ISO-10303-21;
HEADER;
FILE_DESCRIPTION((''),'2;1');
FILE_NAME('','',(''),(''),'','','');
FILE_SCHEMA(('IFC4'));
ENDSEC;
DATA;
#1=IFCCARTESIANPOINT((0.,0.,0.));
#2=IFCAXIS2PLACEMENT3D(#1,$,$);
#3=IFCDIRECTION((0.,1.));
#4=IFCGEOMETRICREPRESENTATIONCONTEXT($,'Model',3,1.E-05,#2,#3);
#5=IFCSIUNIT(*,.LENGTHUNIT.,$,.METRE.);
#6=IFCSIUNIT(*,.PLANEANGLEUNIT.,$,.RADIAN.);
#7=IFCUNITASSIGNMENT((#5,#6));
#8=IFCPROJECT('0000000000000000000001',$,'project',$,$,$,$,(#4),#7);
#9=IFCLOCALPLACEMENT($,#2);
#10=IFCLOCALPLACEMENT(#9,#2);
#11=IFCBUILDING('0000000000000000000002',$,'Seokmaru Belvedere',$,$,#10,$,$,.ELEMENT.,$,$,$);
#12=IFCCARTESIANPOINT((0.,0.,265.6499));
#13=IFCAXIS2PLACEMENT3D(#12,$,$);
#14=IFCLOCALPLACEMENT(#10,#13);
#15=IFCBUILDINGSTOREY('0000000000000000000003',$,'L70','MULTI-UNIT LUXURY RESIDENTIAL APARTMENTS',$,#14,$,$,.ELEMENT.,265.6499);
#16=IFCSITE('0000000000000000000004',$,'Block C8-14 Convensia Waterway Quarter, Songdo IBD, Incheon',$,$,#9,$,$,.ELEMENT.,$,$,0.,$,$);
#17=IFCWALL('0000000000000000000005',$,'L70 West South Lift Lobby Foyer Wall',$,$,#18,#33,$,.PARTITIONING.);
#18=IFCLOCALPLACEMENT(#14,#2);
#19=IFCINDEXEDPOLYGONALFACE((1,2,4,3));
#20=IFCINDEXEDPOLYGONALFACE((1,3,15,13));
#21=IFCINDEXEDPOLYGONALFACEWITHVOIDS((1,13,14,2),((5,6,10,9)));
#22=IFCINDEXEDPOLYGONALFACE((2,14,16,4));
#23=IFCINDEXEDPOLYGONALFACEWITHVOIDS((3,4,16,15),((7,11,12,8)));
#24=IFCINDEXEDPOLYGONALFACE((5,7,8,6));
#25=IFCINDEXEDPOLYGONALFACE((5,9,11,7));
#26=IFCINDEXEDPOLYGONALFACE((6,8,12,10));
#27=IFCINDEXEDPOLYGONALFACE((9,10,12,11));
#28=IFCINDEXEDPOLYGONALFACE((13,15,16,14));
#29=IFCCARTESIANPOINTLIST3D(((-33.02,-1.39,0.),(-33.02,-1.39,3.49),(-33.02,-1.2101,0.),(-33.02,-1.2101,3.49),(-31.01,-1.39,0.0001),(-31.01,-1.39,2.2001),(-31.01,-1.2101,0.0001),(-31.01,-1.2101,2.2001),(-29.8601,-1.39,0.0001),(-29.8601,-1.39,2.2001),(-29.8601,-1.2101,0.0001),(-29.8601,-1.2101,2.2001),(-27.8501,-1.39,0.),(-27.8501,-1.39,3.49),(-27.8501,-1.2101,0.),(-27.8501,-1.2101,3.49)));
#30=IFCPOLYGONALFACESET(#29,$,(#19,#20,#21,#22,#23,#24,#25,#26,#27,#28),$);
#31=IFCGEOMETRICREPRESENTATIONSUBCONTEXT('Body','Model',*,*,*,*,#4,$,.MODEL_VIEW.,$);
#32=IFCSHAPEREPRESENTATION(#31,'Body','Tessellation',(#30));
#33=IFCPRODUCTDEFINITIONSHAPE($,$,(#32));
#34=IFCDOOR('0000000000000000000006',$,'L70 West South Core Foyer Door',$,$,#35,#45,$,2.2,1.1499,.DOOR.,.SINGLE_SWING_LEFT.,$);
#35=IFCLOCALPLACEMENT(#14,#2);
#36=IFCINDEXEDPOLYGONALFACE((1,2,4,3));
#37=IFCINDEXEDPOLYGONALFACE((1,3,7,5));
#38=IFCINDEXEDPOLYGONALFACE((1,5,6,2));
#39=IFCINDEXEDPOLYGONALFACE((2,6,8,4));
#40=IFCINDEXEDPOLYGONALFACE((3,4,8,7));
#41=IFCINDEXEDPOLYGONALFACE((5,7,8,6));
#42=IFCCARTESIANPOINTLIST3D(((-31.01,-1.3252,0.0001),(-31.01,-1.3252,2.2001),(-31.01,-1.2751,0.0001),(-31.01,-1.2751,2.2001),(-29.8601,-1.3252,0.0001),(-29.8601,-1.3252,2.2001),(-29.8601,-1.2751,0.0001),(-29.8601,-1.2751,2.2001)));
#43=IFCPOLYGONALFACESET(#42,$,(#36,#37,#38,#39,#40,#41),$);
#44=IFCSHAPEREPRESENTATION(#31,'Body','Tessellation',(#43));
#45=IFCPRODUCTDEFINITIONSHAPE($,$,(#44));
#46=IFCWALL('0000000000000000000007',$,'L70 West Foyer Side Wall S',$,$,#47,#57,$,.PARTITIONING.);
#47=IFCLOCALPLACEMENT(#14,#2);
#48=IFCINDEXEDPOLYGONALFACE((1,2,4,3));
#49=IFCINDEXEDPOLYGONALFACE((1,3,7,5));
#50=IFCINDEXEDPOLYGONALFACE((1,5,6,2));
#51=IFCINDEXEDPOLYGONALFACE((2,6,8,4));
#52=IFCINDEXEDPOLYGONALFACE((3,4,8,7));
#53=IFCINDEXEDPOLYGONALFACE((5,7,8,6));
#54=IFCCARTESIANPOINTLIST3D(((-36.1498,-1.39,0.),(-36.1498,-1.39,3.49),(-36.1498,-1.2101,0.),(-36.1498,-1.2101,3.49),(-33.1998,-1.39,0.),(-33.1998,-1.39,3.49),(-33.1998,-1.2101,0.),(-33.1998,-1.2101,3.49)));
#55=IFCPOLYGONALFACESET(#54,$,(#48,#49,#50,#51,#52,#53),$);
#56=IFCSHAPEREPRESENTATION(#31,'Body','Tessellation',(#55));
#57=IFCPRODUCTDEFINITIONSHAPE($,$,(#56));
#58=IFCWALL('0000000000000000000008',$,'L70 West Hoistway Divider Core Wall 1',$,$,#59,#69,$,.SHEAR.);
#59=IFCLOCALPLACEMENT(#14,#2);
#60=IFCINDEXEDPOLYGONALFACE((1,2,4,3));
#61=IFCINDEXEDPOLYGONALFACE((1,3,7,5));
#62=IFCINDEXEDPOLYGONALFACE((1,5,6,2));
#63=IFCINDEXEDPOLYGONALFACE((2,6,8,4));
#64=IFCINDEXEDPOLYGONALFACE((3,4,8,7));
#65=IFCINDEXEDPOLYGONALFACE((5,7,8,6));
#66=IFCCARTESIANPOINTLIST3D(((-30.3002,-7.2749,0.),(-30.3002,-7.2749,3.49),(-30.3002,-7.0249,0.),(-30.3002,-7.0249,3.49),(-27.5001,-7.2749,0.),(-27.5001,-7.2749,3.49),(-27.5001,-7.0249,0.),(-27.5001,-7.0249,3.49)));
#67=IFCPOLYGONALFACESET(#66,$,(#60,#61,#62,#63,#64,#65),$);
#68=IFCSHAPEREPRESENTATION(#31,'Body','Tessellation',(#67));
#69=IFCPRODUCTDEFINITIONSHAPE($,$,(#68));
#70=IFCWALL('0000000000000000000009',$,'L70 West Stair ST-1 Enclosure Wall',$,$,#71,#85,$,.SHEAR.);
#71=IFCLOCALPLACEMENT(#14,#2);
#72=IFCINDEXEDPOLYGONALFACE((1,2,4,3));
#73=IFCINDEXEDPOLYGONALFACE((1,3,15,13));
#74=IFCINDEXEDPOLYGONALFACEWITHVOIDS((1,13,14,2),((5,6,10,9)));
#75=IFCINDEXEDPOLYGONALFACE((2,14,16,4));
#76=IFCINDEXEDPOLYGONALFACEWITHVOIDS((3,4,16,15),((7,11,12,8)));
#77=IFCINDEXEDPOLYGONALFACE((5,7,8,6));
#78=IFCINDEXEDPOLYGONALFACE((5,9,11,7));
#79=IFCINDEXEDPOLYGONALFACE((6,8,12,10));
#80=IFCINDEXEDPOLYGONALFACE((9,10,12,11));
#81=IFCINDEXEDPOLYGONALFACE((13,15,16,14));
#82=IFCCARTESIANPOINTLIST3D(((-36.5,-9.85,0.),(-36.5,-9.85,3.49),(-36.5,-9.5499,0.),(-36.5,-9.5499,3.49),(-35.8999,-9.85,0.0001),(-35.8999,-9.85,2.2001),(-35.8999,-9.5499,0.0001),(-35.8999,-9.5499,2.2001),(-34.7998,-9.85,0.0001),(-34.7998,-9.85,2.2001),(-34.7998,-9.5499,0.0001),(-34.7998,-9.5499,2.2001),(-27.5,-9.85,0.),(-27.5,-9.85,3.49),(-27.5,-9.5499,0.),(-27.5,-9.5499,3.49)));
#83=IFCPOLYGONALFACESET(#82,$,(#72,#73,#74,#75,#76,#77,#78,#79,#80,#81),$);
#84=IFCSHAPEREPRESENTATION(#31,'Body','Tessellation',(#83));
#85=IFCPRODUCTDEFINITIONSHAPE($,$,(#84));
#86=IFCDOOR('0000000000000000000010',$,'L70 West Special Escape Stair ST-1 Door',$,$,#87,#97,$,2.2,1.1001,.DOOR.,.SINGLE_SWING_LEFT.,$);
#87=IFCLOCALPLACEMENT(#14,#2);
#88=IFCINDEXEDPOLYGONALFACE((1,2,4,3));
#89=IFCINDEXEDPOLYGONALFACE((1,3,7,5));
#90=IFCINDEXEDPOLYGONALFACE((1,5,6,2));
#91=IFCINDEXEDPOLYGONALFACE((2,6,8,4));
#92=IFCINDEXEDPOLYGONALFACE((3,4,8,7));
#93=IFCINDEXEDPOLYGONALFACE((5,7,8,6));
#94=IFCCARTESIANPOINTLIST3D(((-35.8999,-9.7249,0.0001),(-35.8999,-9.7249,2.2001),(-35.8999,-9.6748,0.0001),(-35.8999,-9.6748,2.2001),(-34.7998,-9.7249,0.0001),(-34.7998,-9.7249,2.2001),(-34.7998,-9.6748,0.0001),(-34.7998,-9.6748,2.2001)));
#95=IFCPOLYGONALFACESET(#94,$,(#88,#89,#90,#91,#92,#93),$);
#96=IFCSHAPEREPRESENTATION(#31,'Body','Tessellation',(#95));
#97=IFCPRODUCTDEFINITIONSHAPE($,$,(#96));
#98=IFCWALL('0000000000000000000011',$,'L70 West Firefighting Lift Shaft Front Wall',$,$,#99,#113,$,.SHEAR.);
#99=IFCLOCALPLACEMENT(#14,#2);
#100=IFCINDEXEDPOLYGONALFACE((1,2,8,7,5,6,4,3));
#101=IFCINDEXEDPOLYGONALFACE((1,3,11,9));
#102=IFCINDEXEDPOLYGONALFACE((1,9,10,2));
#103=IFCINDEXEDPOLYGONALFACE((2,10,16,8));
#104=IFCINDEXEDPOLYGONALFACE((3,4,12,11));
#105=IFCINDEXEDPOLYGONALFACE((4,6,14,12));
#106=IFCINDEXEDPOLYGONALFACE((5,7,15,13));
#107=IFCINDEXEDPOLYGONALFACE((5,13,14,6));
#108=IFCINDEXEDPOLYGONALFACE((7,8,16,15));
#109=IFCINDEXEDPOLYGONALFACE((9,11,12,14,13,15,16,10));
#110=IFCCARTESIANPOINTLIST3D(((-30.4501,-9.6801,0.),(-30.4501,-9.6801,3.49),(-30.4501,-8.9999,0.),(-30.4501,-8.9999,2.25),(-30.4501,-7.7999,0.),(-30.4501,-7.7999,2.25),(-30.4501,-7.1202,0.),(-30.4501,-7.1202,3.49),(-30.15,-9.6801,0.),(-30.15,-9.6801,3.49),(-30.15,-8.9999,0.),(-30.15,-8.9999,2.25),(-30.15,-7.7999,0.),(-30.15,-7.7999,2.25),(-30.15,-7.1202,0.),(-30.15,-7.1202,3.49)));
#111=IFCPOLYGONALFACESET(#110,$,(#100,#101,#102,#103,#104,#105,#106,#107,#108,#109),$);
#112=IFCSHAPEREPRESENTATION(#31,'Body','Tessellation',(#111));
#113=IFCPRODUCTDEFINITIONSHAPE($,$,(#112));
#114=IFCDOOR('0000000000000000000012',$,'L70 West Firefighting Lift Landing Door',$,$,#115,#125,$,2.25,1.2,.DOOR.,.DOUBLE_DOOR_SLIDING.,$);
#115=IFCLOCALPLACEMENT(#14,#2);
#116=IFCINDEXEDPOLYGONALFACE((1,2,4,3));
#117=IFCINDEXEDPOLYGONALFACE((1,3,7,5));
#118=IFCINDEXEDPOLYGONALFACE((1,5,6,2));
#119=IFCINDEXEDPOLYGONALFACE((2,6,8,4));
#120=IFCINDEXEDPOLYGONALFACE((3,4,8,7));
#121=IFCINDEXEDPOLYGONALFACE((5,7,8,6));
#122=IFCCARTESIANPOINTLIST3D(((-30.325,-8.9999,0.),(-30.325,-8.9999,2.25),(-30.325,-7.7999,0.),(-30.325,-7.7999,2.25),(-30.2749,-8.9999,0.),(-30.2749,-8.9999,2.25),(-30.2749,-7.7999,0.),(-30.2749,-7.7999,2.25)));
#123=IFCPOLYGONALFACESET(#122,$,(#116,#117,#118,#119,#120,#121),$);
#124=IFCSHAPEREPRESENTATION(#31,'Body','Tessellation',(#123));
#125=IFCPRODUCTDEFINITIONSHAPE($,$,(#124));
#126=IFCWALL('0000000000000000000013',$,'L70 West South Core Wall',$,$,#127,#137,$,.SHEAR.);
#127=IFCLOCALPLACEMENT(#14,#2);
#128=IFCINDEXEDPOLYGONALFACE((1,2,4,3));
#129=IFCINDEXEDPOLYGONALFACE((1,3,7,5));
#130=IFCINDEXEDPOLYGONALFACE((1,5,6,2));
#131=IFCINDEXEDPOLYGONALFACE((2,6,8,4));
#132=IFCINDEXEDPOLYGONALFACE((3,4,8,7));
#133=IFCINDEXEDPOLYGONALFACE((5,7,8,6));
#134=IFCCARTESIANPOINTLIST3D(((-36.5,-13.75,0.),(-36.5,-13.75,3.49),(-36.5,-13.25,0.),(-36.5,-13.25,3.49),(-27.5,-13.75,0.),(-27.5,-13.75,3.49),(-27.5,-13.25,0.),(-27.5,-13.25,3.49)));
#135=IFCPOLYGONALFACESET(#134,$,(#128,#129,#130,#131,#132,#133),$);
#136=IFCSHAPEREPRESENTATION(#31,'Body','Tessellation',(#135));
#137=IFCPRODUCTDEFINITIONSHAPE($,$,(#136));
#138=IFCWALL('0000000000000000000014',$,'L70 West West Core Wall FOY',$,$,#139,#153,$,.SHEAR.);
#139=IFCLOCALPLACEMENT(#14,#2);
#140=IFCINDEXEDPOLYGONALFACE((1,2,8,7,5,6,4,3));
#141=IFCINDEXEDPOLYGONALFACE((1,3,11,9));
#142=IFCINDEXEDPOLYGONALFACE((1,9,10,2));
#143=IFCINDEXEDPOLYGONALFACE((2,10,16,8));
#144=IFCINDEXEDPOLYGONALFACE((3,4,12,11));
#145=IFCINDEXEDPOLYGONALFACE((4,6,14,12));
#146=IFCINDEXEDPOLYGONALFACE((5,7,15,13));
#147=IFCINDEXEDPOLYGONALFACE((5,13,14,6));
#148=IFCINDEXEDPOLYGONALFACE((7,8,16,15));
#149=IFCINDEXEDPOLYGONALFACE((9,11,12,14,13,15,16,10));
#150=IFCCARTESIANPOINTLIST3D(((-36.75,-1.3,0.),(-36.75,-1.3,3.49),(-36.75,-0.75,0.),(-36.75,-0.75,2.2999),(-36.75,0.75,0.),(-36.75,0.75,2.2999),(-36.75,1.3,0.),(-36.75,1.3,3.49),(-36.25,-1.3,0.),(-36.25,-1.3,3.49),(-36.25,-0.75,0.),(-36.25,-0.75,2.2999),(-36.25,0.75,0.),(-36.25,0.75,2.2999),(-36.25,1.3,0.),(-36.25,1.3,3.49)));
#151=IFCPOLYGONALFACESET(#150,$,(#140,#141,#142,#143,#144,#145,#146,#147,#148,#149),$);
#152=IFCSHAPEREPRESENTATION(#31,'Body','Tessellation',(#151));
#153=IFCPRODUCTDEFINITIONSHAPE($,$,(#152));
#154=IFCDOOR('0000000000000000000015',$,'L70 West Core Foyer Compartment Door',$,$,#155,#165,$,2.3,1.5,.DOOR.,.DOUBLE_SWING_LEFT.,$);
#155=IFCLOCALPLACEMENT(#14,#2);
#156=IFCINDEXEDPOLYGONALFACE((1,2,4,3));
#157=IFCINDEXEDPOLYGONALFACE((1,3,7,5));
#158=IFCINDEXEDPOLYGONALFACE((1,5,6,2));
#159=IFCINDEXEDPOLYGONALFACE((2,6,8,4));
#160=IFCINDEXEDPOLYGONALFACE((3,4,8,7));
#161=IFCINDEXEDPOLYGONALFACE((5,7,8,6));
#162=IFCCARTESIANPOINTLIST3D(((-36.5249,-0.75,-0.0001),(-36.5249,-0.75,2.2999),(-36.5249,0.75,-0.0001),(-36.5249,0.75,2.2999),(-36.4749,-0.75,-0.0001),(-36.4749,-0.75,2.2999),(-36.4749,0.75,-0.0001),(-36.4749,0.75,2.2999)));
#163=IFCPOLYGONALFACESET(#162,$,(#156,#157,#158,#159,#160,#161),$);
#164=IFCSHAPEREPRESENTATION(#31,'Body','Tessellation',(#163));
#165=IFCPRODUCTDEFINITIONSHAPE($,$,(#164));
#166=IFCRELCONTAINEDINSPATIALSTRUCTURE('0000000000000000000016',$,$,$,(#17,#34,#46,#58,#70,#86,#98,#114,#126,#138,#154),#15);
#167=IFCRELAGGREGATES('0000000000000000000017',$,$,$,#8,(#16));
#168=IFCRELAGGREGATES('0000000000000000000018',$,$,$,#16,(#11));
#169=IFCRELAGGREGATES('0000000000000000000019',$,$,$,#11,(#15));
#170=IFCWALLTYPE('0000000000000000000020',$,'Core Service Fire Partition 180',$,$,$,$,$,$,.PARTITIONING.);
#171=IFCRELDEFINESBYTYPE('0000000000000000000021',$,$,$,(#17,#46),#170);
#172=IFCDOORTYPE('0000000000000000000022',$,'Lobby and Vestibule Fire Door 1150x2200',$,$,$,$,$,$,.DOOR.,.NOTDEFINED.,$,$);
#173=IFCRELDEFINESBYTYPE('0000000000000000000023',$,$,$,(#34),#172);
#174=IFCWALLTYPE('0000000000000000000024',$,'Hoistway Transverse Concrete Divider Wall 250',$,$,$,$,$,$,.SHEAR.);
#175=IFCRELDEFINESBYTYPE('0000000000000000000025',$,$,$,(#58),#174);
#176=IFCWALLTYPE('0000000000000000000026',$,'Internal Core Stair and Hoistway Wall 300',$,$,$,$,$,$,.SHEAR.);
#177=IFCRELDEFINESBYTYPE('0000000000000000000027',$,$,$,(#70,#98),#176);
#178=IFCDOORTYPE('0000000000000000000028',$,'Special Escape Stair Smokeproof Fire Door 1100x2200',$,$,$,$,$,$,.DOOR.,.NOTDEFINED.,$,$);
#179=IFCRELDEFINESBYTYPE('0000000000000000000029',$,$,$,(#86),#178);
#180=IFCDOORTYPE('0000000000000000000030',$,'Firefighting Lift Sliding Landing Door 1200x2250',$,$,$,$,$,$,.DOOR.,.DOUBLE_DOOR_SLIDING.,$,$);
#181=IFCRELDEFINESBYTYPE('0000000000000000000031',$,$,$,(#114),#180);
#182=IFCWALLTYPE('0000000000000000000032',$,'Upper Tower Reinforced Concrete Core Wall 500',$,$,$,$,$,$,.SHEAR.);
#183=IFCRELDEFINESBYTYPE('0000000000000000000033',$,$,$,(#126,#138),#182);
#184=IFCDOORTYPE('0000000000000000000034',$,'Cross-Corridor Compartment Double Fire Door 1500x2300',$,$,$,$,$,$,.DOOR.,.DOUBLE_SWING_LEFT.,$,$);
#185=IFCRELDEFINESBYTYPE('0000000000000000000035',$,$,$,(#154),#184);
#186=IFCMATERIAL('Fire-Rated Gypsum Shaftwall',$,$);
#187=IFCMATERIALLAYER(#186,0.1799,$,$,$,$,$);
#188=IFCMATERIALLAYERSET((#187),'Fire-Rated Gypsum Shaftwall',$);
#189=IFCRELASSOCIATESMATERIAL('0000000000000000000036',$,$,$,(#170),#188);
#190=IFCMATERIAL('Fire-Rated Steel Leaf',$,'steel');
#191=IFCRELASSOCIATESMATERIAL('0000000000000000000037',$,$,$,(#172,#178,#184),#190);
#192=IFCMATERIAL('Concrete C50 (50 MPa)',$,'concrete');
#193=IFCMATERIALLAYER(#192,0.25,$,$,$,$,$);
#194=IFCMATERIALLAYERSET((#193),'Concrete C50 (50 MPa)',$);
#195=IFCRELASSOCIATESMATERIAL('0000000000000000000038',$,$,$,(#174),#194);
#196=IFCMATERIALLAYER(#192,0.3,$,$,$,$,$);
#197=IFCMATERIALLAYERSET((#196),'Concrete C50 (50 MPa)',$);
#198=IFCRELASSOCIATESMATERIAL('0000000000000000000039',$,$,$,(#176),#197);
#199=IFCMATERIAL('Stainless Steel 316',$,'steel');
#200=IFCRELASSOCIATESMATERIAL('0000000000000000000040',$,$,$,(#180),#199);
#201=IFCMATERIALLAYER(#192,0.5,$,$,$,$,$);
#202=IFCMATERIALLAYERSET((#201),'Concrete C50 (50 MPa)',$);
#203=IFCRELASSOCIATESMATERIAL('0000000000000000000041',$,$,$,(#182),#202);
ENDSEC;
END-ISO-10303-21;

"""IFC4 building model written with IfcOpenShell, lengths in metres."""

from ifc_helpers import new_model, si_unit, direction, frame, frame_2d, origin, place, context, subcontext, project, spatial, rectangle, extrude, source, transform, mapped, material, layer, layer_set, type_object, type_shapes, element, fill, save


model = new_model("IFC4")

# Units and contexts
model_context = context("Model", 3, precision=1e-05, world=origin(), true_north=direction((0.0, 1.0)))
body_context = subcontext(model_context, "Body", "Model", "MODEL_VIEW")
ifc_project = project(units=[si_unit("LENGTHUNIT", "METRE"), si_unit("PLANEANGLEUNIT", "RADIAN")], contexts=[model_context])

# Site, building, storey
site_placement = place(None, origin())
site = spatial("IfcSite", under=ifc_project, at=site_placement, Name="Block C8-14 Convensia Waterway Quarter, Songdo IBD, Incheon", CompositionType="ELEMENT", RefElevation=0.0)
building_placement = place(site_placement, origin())
building = spatial("IfcBuilding", under=site, at=building_placement, Name="Seokmaru Belvedere", CompositionType="ELEMENT")
storey_placement = place(building_placement, frame((0.0, 0.0, 265.6499)))
storey = spatial("IfcBuildingStorey", under=building, at=storey_placement, Name="L70", Description="MULTI-UNIT LUXURY RESIDENTIAL APARTMENTS", CompositionType="ELEMENT", Elevation=265.6499)

# Shared definitions
ifc_material_1 = material(Name="Fire-Rated Gypsum Shaftwall")
ifc_layer_1 = layer(ifc_material_1, 0.1799)
ifc_layer_set_1 = layer_set([ifc_layer_1], Name="Fire-Rated Gypsum Shaftwall")
wall_type_1 = type_object("IfcWallType", Name="Core Service Fire Partition 180", PredefinedType="PARTITIONING", material=ifc_layer_set_1)

# Wall, opening, door
wall_1_placement = place(storey_placement, frame((-33.02, -1.3, 0.0), z_axis=(0.0, 0.0, 1.0), x_axis=(1.0, 0.0, 0.0)))
wall_1 = element("IfcWall", 1, at=wall_1_placement, inside=storey, type_object=wall_type_1, Name="L70 West South Lift Lobby Foyer Wall", PredefinedType="PARTITIONING", context=body_context, shape_type="SweptSolid", body=[
    extrude(rectangle(XDim=5.1699, YDim=0.1799, at=frame_2d((2.585, 0.0))), origin(), (0.0, 0.0, 1.0), 3.49),
])
opening_1_placement = place(wall_1_placement, frame((2.01, 0.0, 0.0)))
opening_1 = element("IfcOpeningElement", 2, at=opening_1_placement, cuts=wall_1, PredefinedType="OPENING", context=body_context, shape_type="SweptSolid", body=[
    extrude(rectangle(XDim=1.1499, YDim=2.2, at=frame_2d((0.575, 1.1001))), frame((0.0, 0.1001, 0.0), z_axis=(0.0, -1.0, 0.0), x_axis=(1.0, 0.0, 0.0)), (0.0, 0.0, 1.0), 0.2),
])
ifc_material_2 = material(Name="Fire-Rated Steel Leaf", Category="steel")
door_type_1 = type_object("IfcDoorType", Name="Lobby and Vestibule Fire Door 1150x2200", OperationType="NOTDEFINED", PredefinedType="DOOR", material=ifc_material_2)
shared_shape_1 = source(origin(), body_context, "Body", "SweptSolid", [
    extrude(rectangle(XDim=1.1499, YDim=2.2, at=frame_2d((0.575, 1.1001))), frame((0.0, 0.0249, 0.0), z_axis=(0.0, -1.0, 0.0), x_axis=(1.0, 0.0, 0.0)), (0.0, 0.0, 1.0), 0.05),
])
type_shapes(door_type_1, [shared_shape_1])
door_1_placement = place(opening_1_placement, origin())
door_1 = element("IfcDoor", 3, at=door_1_placement, inside=storey, type_object=door_type_1, Name="L70 West South Core Foyer Door", OperationType="SINGLE_SWING_LEFT", OverallHeight=2.2, OverallWidth=1.1499, PredefinedType="DOOR", context=body_context, shape_type="MappedRepresentation", body=[
    mapped(shared_shape_1, transform((0.0, 0.0, 0.0), scale=1.0)),
])
fill(opening_1, door_1)

# Walls
wall_2_placement = place(storey_placement, frame((-36.1499, -1.3, 0.0), z_axis=(0.0, 0.0, 1.0), x_axis=(1.0, 0.0, 0.0)))
element("IfcWall", 4, at=wall_2_placement, inside=storey, type_object=wall_type_1, Name="L70 West Foyer Side Wall S", PredefinedType="PARTITIONING", context=body_context, shape_type="SweptSolid", body=[
    extrude(rectangle(XDim=2.95, YDim=0.1799, at=frame_2d((1.4751, 0.0))), origin(), (0.0, 0.0, 1.0), 3.49),
])
ifc_material_3 = material(Name="Concrete C50 (50 MPa)", Category="concrete")
ifc_layer_2 = layer(ifc_material_3, 0.25)
ifc_layer_set_2 = layer_set([ifc_layer_2], Name="Concrete C50 (50 MPa)")
wall_type_2 = type_object("IfcWallType", Name="Hoistway Transverse Concrete Divider Wall 250", PredefinedType="SHEAR", material=ifc_layer_set_2)
wall_3_placement = place(storey_placement, frame((-30.3, -7.1499, 0.0), z_axis=(0.0, 0.0, 1.0), x_axis=(1.0, 0.0, 0.0)))
element("IfcWall", 5, at=wall_3_placement, inside=storey, type_object=wall_type_2, Name="L70 West Hoistway Divider Core Wall 1", PredefinedType="SHEAR", context=body_context, shape_type="SweptSolid", body=[
    extrude(rectangle(XDim=2.8, YDim=0.25, at=frame_2d((1.3999, 0.0))), origin(), (0.0, 0.0, 1.0), 3.49),
])

# Walls, openings, doors
ifc_layer_3 = layer(ifc_material_3, 0.3)
ifc_layer_set_3 = layer_set([ifc_layer_3], Name="Concrete C50 (50 MPa)")
wall_type_3 = type_object("IfcWallType", Name="Internal Core Stair and Hoistway Wall 300", PredefinedType="SHEAR", material=ifc_layer_set_3)
wall_4_placement = place(storey_placement, frame((-36.5, -9.7, 0.0), z_axis=(0.0, 0.0, 1.0), x_axis=(1.0, 0.0, 0.0)))
wall_4 = element("IfcWall", 6, at=wall_4_placement, inside=storey, type_object=wall_type_3, Name="L70 West Stair ST-1 Enclosure Wall", PredefinedType="SHEAR", context=body_context, shape_type="SweptSolid", body=[
    extrude(rectangle(XDim=9.0, YDim=0.3, at=frame_2d((4.5, 0.0))), origin(), (0.0, 0.0, 1.0), 3.49),
])
opening_2_placement = place(wall_4_placement, frame((0.6001, 0.0, 0.0)))
opening_2 = element("IfcOpeningElement", 7, at=opening_2_placement, cuts=wall_4, PredefinedType="OPENING", context=body_context, shape_type="SweptSolid", body=[
    extrude(rectangle(XDim=1.1001, YDim=2.2, at=frame_2d((0.55, 1.1001))), frame((0.0, 0.1602, 0.0), z_axis=(0.0, -1.0, 0.0), x_axis=(1.0, 0.0, 0.0)), (0.0, 0.0, 1.0), 0.3201),
])
door_type_2 = type_object("IfcDoorType", Name="Special Escape Stair Smokeproof Fire Door 1100x2200", OperationType="NOTDEFINED", PredefinedType="DOOR", material=ifc_material_2)
shared_shape_2 = source(origin(), body_context, "Body", "SweptSolid", [
    extrude(rectangle(XDim=1.1001, YDim=2.2, at=frame_2d((0.55, 1.1001))), frame((0.0, 0.0249, 0.0), z_axis=(0.0, -1.0, 0.0), x_axis=(1.0, 0.0, 0.0)), (0.0, 0.0, 1.0), 0.05),
])
type_shapes(door_type_2, [shared_shape_2])
door_2_placement = place(opening_2_placement, frame((1.1001, 0.0, 0.0), z_axis=(0.0, 0.0, 1.0), x_axis=(-1.0, 0.0, 0.0)))
door_2 = element("IfcDoor", 8, at=door_2_placement, inside=storey, type_object=door_type_2, Name="L70 West Special Escape Stair ST-1 Door", OperationType="SINGLE_SWING_LEFT", OverallHeight=2.2, OverallWidth=1.1001, PredefinedType="DOOR", context=body_context, shape_type="MappedRepresentation", body=[
    mapped(shared_shape_2, transform((0.0, 0.0, 0.0), scale=1.0)),
])
fill(opening_2, door_2)
wall_5_placement = place(storey_placement, frame((-30.3, -9.6799, 0.0), z_axis=(0.0, 0.0, 1.0), x_axis=(0.0, 1.0, 0.0)))
wall_5 = element("IfcWall", 9, at=wall_5_placement, inside=storey, type_object=wall_type_3, Name="L70 West Firefighting Lift Shaft Front Wall", PredefinedType="SHEAR", context=body_context, shape_type="SweptSolid", body=[
    extrude(rectangle(XDim=2.5598, YDim=0.3, at=frame_2d((1.2798, 0.0))), origin(), (0.0, 0.0, 1.0), 3.49),
])
opening_3_placement = place(wall_5_placement, frame((0.6799, 0.0, 0.0)))
opening_3 = element("IfcOpeningElement", 10, at=opening_3_placement, cuts=wall_5, PredefinedType="OPENING", context=body_context, shape_type="SweptSolid", body=[
    extrude(rectangle(XDim=1.2, YDim=2.25, at=frame_2d((0.6001, 1.125))), frame((0.0, 0.1602, 0.0), z_axis=(0.0, -1.0, 0.0), x_axis=(1.0, 0.0, 0.0)), (0.0, 0.0, 1.0), 0.3201),
])
ifc_material_4 = material(Name="Stainless Steel 316", Category="steel")
door_type_3 = type_object("IfcDoorType", Name="Firefighting Lift Sliding Landing Door 1200x2250", OperationType="DOUBLE_DOOR_SLIDING", PredefinedType="DOOR", material=ifc_material_4)
shared_shape_3 = source(origin(), body_context, "Body", "SweptSolid", [
    extrude(rectangle(XDim=1.2, YDim=2.25, at=frame_2d((0.6001, 1.125))), frame((0.0, 0.0249, 0.0), z_axis=(0.0, -1.0, 0.0), x_axis=(1.0, 0.0, 0.0)), (0.0, 0.0, 1.0), 0.05),
])
type_shapes(door_type_3, [shared_shape_3])
door_3_placement = place(opening_3_placement, origin())
door_3 = element("IfcDoor", 11, at=door_3_placement, inside=storey, type_object=door_type_3, Name="L70 West Firefighting Lift Landing Door", OperationType="DOUBLE_DOOR_SLIDING", OverallHeight=2.25, OverallWidth=1.2, PredefinedType="DOOR", context=body_context, shape_type="MappedRepresentation", body=[
    mapped(shared_shape_3, transform((0.0, 0.0, 0.0), scale=1.0)),
])
fill(opening_3, door_3)

# Wall
ifc_layer_4 = layer(ifc_material_3, 0.5)
ifc_layer_set_4 = layer_set([ifc_layer_4], Name="Concrete C50 (50 MPa)")
wall_type_4 = type_object("IfcWallType", Name="Upper Tower Reinforced Concrete Core Wall 500", PredefinedType="SHEAR", material=ifc_layer_set_4)
wall_6_placement = place(storey_placement, frame((-36.5, -13.5, 0.0), z_axis=(0.0, 0.0, 1.0), x_axis=(1.0, 0.0, 0.0)))
element("IfcWall", 12, at=wall_6_placement, inside=storey, type_object=wall_type_4, Name="L70 West South Core Wall", PredefinedType="SHEAR", context=body_context, shape_type="SweptSolid", body=[
    extrude(rectangle(XDim=9.0, YDim=0.5, at=frame_2d((4.5, 0.0))), origin(), (0.0, 0.0, 1.0), 3.49),
])

# Wall, opening, door
wall_7_placement = place(storey_placement, frame((-36.5, -1.3, 0.0), z_axis=(0.0, 0.0, 1.0), x_axis=(0.0, 1.0, 0.0)))
wall_7 = element("IfcWall", 13, at=wall_7_placement, inside=storey, type_object=wall_type_4, Name="L70 West West Core Wall FOY", PredefinedType="SHEAR", context=body_context, shape_type="SweptSolid", body=[
    extrude(rectangle(XDim=2.6001, YDim=0.5, at=frame_2d((1.3, 0.0))), origin(), (0.0, 0.0, 1.0), 3.49),
])
opening_4_placement = place(wall_7_placement, frame((0.55, 0.0, 0.0)))
opening_4 = element("IfcOpeningElement", 14, at=opening_4_placement, cuts=wall_7, PredefinedType="OPENING", context=body_context, shape_type="SweptSolid", body=[
    extrude(rectangle(XDim=1.5, YDim=2.3, at=frame_2d((0.75, 1.1499))), frame((0.0, 0.26, 0.0), z_axis=(0.0, -1.0, 0.0), x_axis=(1.0, 0.0, 0.0)), (0.0, 0.0, 1.0), 0.52),
])
door_type_4 = type_object("IfcDoorType", Name="Cross-Corridor Compartment Double Fire Door 1500x2300", OperationType="DOUBLE_SWING_LEFT", PredefinedType="DOOR", material=ifc_material_2)
shared_shape_4 = source(origin(), body_context, "Body", "SweptSolid", [
    extrude(rectangle(XDim=1.5, YDim=2.3, at=frame_2d((0.75, 1.1499))), frame((0.0, 0.0249, 0.0), z_axis=(0.0, -1.0, 0.0), x_axis=(1.0, 0.0, 0.0)), (0.0, 0.0, 1.0), 0.05),
])
type_shapes(door_type_4, [shared_shape_4])
door_4_placement = place(opening_4_placement, origin())
door_4 = element("IfcDoor", 15, at=door_4_placement, inside=storey, type_object=door_type_4, Name="L70 West Core Foyer Compartment Door", OperationType="DOUBLE_SWING_LEFT", OverallHeight=2.3, OverallWidth=1.5, PredefinedType="DOOR", context=body_context, shape_type="MappedRepresentation", body=[
    mapped(shared_shape_4, transform((0.0, 0.0, 0.0), scale=1.0)),
])
fill(opening_4, door_4)

save(model, "model.ifc")
